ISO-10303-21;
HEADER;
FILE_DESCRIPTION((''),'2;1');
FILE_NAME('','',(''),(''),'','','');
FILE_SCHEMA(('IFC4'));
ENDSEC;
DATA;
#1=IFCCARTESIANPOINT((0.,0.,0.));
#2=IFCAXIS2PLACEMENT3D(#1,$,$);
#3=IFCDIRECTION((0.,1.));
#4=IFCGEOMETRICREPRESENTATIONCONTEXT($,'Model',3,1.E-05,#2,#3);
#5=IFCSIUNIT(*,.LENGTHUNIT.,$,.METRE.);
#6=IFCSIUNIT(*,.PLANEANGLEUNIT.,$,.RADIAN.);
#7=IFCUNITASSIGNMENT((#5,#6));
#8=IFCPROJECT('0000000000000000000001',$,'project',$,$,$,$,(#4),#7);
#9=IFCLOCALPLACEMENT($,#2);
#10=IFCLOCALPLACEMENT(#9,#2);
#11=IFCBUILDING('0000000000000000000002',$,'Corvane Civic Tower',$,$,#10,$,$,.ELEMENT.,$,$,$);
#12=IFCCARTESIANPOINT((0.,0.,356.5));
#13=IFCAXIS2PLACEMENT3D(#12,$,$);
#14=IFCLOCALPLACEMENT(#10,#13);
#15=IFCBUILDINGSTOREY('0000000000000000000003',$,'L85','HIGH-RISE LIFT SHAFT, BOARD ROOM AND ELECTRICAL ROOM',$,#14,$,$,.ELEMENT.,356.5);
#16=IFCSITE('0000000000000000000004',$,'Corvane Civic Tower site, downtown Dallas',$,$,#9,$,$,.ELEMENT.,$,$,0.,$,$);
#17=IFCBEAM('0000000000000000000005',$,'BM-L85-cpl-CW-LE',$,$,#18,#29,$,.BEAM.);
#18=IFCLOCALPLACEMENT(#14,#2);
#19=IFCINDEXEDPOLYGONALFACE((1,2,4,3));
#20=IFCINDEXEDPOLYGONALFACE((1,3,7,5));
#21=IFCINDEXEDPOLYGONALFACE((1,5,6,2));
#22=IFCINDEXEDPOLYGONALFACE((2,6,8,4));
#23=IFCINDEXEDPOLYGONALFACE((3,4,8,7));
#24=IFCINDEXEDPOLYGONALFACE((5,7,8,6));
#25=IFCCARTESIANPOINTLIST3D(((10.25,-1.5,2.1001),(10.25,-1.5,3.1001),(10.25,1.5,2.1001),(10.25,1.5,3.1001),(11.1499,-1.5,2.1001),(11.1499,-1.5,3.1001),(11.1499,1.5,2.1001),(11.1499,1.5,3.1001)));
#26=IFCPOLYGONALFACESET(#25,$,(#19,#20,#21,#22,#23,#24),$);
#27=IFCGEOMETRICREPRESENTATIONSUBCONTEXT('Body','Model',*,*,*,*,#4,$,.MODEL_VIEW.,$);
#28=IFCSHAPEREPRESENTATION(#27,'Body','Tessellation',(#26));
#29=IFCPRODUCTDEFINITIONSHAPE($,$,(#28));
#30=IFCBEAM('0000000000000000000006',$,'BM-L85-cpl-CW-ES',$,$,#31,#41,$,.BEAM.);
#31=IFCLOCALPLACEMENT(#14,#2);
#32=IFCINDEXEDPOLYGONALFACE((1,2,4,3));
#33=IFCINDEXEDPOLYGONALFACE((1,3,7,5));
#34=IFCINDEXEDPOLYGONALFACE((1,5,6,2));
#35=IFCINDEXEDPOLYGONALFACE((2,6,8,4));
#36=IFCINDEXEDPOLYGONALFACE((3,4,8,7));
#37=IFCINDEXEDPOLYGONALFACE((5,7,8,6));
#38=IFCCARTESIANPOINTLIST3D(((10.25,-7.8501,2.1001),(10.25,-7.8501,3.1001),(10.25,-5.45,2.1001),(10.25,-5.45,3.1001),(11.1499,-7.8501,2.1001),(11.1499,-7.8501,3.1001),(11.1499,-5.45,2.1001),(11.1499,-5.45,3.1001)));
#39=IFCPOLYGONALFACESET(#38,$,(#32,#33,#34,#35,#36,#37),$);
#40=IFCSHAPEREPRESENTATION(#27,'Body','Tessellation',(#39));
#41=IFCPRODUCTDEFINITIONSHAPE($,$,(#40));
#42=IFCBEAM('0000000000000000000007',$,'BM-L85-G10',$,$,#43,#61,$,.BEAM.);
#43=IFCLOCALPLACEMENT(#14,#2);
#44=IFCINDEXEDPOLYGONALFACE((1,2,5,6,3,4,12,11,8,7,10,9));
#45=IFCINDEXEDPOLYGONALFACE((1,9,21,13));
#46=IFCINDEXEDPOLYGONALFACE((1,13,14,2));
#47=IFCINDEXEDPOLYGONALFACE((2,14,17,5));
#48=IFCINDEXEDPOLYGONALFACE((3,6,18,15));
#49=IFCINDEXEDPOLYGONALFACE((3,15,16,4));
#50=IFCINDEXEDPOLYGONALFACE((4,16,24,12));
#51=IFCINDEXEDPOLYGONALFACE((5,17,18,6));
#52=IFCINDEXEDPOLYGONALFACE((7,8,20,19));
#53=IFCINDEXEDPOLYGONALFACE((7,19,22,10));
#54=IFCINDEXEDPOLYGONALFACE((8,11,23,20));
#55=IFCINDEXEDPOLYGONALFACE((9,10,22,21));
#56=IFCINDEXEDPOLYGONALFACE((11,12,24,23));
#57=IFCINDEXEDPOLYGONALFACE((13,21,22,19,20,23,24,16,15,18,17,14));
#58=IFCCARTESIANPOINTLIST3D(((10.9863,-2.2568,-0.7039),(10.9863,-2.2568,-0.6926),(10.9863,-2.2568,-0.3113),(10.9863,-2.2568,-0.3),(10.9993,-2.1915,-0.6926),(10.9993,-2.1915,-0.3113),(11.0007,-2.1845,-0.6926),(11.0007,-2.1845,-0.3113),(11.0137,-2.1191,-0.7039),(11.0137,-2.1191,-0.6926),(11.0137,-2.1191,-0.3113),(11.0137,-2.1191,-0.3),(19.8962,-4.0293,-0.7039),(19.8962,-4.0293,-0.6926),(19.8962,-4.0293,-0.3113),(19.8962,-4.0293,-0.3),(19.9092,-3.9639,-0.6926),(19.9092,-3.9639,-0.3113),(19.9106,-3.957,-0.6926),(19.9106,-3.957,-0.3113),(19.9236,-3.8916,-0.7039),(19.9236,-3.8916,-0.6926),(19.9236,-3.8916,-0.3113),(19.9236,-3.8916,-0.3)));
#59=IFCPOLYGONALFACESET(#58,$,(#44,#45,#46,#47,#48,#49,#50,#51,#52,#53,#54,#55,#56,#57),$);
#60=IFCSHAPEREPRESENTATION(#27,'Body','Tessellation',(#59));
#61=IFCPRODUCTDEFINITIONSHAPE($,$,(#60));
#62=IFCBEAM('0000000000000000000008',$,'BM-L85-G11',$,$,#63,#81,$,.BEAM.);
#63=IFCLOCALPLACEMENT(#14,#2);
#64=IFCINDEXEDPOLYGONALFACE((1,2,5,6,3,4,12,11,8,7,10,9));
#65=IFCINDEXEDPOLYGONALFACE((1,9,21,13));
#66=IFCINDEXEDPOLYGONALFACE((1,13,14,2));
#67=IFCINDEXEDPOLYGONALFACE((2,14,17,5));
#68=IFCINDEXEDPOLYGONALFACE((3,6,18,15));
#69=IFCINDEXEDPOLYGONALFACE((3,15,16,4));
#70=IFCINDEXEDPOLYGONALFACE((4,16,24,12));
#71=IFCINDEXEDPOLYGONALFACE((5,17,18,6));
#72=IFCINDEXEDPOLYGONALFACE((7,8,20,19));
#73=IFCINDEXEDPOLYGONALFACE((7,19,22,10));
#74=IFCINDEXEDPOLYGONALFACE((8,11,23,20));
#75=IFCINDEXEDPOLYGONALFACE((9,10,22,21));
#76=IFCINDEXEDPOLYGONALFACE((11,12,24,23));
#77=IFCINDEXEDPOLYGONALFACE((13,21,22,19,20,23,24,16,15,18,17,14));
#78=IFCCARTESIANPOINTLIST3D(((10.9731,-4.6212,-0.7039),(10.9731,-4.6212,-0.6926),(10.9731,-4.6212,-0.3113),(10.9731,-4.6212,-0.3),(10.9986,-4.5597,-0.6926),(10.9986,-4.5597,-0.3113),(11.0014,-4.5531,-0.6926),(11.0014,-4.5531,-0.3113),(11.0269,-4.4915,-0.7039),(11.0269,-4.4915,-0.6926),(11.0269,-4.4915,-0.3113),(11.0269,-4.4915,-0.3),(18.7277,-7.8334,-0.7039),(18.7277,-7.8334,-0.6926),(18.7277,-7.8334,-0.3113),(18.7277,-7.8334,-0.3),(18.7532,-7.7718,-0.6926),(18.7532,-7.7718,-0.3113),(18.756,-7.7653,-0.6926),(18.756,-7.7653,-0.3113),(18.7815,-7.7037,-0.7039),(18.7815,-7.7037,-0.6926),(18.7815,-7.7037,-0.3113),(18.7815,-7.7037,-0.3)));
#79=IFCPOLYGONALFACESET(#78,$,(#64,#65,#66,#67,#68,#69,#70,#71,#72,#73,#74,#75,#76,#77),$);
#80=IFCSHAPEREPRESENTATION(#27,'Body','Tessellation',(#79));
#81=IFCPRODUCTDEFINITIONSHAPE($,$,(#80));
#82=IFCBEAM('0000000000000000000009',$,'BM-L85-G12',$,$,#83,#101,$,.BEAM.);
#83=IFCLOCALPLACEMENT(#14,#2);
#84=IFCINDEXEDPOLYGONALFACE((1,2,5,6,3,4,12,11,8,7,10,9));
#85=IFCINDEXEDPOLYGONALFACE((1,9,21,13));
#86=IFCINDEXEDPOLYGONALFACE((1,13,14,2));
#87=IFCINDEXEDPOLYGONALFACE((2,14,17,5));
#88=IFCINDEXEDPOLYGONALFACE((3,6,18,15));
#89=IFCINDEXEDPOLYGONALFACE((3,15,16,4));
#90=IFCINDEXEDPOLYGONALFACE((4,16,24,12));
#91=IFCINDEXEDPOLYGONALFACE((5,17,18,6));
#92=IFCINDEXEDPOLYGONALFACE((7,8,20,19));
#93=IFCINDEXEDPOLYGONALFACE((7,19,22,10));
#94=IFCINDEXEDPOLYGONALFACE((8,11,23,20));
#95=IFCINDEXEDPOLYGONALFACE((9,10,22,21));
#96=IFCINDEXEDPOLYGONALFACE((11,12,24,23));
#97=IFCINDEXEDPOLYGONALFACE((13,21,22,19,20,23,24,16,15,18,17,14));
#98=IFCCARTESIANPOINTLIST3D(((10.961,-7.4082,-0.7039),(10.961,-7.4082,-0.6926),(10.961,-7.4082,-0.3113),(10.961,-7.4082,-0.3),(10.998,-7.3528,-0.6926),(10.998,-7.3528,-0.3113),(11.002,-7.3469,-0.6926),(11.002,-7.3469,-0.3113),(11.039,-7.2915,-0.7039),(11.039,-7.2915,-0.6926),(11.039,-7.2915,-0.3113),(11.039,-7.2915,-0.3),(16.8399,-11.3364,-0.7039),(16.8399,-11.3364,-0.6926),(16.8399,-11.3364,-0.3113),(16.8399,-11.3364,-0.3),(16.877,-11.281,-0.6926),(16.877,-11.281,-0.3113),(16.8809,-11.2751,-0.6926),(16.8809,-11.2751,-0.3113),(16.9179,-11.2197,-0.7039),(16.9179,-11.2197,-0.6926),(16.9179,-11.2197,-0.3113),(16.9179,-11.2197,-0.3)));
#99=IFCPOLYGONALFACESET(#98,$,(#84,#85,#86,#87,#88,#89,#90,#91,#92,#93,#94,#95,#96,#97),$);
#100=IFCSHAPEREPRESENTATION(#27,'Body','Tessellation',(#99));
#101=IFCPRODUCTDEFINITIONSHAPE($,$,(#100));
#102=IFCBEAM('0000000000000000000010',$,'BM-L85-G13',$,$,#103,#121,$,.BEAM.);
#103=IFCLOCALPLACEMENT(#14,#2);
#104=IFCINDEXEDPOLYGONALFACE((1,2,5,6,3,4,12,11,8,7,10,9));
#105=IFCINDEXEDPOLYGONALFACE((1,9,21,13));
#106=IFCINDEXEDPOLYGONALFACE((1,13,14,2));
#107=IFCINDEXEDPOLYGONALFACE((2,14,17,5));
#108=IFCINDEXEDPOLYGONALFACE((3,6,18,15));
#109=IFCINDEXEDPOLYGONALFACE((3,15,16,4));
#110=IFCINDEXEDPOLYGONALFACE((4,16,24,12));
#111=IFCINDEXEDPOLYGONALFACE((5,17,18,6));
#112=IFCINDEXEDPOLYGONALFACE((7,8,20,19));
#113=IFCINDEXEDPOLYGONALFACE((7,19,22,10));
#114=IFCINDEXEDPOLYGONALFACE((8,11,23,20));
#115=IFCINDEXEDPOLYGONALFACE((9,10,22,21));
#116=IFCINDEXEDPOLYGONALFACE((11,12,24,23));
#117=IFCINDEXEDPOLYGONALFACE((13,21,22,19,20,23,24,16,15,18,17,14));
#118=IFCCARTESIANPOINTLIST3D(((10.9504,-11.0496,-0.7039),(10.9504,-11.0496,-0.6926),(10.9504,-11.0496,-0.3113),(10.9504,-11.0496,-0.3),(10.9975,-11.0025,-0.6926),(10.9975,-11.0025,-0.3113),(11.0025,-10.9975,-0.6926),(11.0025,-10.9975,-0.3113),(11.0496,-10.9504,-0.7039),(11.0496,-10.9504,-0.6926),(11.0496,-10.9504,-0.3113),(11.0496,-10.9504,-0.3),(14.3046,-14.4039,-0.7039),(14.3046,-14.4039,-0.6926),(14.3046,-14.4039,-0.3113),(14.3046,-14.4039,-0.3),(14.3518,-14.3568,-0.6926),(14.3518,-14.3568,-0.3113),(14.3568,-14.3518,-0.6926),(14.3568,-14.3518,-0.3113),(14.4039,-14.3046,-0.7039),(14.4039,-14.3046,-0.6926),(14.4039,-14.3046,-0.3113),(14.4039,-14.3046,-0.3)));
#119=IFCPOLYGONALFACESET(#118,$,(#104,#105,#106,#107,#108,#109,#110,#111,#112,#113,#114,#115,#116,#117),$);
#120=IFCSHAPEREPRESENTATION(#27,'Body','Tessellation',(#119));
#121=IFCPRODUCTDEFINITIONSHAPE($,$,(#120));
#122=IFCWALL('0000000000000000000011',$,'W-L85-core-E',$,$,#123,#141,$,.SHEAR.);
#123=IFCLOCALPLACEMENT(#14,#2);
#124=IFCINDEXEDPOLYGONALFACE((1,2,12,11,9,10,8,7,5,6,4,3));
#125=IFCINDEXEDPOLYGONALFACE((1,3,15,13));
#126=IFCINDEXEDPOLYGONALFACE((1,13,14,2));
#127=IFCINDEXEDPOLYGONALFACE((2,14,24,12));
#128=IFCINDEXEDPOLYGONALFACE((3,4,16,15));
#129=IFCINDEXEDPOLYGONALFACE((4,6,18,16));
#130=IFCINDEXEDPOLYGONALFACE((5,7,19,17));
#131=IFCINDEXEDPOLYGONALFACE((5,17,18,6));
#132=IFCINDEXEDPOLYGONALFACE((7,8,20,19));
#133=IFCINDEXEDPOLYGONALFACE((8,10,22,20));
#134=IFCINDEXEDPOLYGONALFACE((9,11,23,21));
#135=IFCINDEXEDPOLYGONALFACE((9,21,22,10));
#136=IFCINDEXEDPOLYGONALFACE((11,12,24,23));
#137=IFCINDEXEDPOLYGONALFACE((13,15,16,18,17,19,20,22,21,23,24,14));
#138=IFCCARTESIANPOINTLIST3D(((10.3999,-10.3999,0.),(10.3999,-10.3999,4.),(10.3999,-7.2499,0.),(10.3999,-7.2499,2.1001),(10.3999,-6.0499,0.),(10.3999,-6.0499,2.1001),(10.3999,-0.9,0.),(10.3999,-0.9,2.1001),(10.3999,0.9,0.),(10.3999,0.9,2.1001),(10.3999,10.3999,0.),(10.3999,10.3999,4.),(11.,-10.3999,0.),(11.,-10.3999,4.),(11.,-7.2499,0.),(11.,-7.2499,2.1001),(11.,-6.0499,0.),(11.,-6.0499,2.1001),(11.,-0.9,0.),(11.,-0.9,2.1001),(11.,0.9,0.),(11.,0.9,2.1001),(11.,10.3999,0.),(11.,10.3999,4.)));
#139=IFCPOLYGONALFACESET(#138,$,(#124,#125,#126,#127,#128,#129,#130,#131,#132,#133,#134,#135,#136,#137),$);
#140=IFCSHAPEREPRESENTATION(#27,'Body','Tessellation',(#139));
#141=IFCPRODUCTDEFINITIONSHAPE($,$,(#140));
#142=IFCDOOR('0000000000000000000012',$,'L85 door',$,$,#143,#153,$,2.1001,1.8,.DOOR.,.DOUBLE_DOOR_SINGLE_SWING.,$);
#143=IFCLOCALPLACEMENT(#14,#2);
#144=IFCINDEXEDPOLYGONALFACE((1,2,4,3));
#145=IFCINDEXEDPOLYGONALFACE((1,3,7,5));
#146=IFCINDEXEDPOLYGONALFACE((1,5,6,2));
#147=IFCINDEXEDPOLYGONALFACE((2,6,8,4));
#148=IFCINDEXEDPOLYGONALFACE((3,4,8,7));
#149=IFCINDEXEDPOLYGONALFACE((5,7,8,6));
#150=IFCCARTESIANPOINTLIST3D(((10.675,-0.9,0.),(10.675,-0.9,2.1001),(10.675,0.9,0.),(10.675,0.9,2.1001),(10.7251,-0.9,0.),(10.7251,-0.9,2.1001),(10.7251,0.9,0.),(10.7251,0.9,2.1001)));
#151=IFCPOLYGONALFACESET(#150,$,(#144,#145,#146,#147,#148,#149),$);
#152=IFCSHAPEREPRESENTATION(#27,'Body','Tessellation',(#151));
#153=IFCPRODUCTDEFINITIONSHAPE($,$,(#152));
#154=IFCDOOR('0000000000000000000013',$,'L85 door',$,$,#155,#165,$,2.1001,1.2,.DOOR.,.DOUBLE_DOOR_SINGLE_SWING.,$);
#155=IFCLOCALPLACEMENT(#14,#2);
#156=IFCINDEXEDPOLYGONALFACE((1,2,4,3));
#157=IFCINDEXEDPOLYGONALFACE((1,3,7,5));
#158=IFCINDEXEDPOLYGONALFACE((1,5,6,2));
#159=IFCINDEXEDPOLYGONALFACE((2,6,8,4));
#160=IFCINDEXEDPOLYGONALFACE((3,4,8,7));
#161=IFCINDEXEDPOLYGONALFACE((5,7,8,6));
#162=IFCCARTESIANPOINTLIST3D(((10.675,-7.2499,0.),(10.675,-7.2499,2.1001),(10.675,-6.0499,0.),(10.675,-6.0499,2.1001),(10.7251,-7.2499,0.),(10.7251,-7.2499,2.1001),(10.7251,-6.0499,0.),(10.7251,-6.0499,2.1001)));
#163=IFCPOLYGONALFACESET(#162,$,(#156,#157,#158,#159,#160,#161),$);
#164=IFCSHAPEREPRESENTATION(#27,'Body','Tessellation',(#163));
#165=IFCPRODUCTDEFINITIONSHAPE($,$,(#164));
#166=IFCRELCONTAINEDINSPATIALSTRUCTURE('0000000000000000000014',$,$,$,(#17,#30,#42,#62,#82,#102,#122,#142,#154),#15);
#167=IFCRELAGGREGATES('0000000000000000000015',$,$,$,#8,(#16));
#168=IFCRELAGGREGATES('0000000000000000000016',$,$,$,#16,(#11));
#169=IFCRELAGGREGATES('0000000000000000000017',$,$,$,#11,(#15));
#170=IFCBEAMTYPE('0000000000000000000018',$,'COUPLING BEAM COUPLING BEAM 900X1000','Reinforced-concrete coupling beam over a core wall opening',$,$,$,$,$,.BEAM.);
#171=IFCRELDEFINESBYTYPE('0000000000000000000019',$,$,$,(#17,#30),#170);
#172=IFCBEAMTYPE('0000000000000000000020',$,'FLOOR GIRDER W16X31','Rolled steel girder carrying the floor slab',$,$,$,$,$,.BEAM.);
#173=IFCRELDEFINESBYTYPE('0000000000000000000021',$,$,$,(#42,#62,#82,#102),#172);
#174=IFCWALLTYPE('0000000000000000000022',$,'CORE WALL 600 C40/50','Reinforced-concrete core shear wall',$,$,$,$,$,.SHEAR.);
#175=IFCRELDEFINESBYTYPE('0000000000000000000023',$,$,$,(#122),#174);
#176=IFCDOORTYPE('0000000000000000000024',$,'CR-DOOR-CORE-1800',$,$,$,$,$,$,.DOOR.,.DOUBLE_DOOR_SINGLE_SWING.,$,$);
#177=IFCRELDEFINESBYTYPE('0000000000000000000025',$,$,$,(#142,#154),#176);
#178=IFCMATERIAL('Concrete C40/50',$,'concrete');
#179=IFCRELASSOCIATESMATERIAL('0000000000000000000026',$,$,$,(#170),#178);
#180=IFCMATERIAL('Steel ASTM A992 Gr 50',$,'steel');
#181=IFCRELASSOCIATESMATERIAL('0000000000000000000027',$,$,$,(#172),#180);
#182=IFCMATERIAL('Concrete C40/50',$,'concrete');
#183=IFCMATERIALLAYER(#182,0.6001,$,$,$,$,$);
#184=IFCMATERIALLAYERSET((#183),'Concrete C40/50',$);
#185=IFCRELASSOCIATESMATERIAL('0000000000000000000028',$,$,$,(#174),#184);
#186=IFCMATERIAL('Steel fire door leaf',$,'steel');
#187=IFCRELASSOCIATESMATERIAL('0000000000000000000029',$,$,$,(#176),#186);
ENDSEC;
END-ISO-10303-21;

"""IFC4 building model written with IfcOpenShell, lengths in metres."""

from ifc_helpers import new_model, si_unit, direction, frame, frame_2d, origin, origin_2d, place, context, subcontext, project, spatial, rectangle, i_section, extrude, material, layer, layer_set, material_profile, profile_set, type_object, element, fill, save


model = new_model("IFC4")

# Units and contexts
model_context = context("Model", 3, precision=1e-05, world=origin(), true_north=direction((0.0, 1.0)))
body_context = subcontext(model_context, "Body", "Model", "MODEL_VIEW")
ifc_project = project(units=[si_unit("LENGTHUNIT", "METRE"), si_unit("PLANEANGLEUNIT", "RADIAN")], contexts=[model_context])

# Site, building, storey
site_placement = place(None, origin())
site = spatial("IfcSite", under=ifc_project, at=site_placement, Name="Corvane Civic Tower site, downtown Dallas", CompositionType="ELEMENT", RefElevation=0.0)
building_placement = place(site_placement, origin())
building = spatial("IfcBuilding", under=site, at=building_placement, Name="Corvane Civic Tower", CompositionType="ELEMENT")
storey_placement = place(building_placement, frame((0.0, 0.0, 356.5)))
storey = spatial("IfcBuildingStorey", under=building, at=storey_placement, Name="L85", Description="HIGH-RISE LIFT SHAFT, BOARD ROOM AND ELECTRICAL ROOM", CompositionType="ELEMENT", Elevation=356.5)

# Beams
ifc_material_1 = material(Name="Concrete C40/50", Category="concrete")
ifc_material_profile_1 = material_profile(ifc_material_1, rectangle(XDim=0.8999, YDim=1.0, at=origin_2d()), Name="COUPLING BEAM 900X1000")
ifc_profile_set_1 = profile_set([ifc_material_profile_1], Name="Concrete C40/50")
beam_type_1 = type_object("IfcBeamType", Name="COUPLING BEAM COUPLING BEAM 900X1000", Description="Reinforced-concrete coupling beam over a core wall opening", PredefinedType="BEAM", material=ifc_profile_set_1)
beam_1_placement = place(storey_placement, frame((10.7, -1.5, 2.6001), z_axis=(0.0, 1.0, 0.0), x_axis=(-1.0, 0.0, 0.0)))
element("IfcBeam", 1, at=beam_1_placement, inside=storey, type_object=beam_type_1, Name="BM-L85-cpl-CW-LE", PredefinedType="BEAM", context=body_context, shape_type="SweptSolid", body=[
    extrude(rectangle(XDim=0.8999, YDim=1.0, at=origin_2d()), origin(), (0.0, 0.0, 1.0), 3.0),
])
beam_2_placement = place(storey_placement, frame((10.7, -7.8501, 2.6001), z_axis=(0.0, 1.0, 0.0), x_axis=(-1.0, 0.0, 0.0)))
element("IfcBeam", 2, at=beam_2_placement, inside=storey, type_object=beam_type_1, Name="BM-L85-cpl-CW-ES", PredefinedType="BEAM", context=body_context, shape_type="SweptSolid", body=[
    extrude(rectangle(XDim=0.8999, YDim=1.0, at=origin_2d()), origin(), (0.0, 0.0, 1.0), 2.4001),
])
ifc_material_2 = material(Name="Steel ASTM A992 Gr 50", Category="steel")
ifc_material_profile_2 = material_profile(ifc_material_2, i_section(OverallWidth=0.1404, OverallDepth=0.4038, WebThickness=0.0071, FlangeThickness=0.0112, at=origin_2d()), Name="W16X31")
ifc_profile_set_2 = profile_set([ifc_material_profile_2], Name="Steel ASTM A992 Gr 50")
beam_type_2 = type_object("IfcBeamType", Name="FLOOR GIRDER W16X31", Description="Rolled steel girder carrying the floor slab", PredefinedType="BEAM", material=ifc_profile_set_2)
beam_3_placement = place(storey_placement, frame((11.0, -2.188, -0.502), z_axis=(0.980782, -0.195108, 0.0), x_axis=(0.195108, 0.980782, 0.0)))
element("IfcBeam", 3, at=beam_3_placement, inside=storey, type_object=beam_type_2, Name="BM-L85-G10", PredefinedType="BEAM", context=body_context, shape_type="SweptSolid", body=[
    extrude(i_section(OverallWidth=0.1404, OverallDepth=0.4038, WebThickness=0.0071, FlangeThickness=0.0112, at=origin_2d()), origin(), (0.0, 0.0, 1.0), 9.0845),
])
beam_4_placement = place(storey_placement, frame((11.0, -4.5564, -0.502), z_axis=(0.923876, -0.382692, 0.0), x_axis=(0.382692, 0.923876, 0.0)))
element("IfcBeam", 4, at=beam_4_placement, inside=storey, type_object=beam_type_2, Name="BM-L85-G11", PredefinedType="BEAM", context=body_context, shape_type="SweptSolid", body=[
    extrude(i_section(OverallWidth=0.1404, OverallDepth=0.4038, WebThickness=0.0071, FlangeThickness=0.0112, at=origin_2d()), origin(), (0.0, 0.0, 1.0), 8.3936),
])
beam_5_placement = place(storey_placement, frame((11.0, -7.3499, -0.502), z_axis=(0.831465, -0.555576, 0.0), x_axis=(0.555576, 0.831465, 0.0)))
element("IfcBeam", 5, at=beam_5_placement, inside=storey, type_object=beam_type_2, Name="BM-L85-G12", PredefinedType="BEAM", context=body_context, shape_type="SweptSolid", body=[
    extrude(i_section(OverallWidth=0.1404, OverallDepth=0.4038, WebThickness=0.0071, FlangeThickness=0.0112, at=origin_2d()), origin(), (0.0, 0.0, 1.0), 7.0706),
])
beam_6_placement = place(storey_placement, frame((11.0, -11.0, -0.502), z_axis=(0.707107, -0.707107, 0.0), x_axis=(0.707107, 0.707107, 0.0)))
element("IfcBeam", 6, at=beam_6_placement, inside=storey, type_object=beam_type_2, Name="BM-L85-G13", PredefinedType="BEAM", context=body_context, shape_type="SweptSolid", body=[
    extrude(i_section(OverallWidth=0.1404, OverallDepth=0.4038, WebThickness=0.0071, FlangeThickness=0.0112, at=origin_2d()), origin(), (0.0, 0.0, 1.0), 4.7437),
])

# Wall, openings, doors
ifc_material_3 = material(Name="Concrete C40/50", Category="concrete")
ifc_layer_1 = layer(ifc_material_3, 0.6001)
ifc_layer_set_1 = layer_set([ifc_layer_1], Name="Concrete C40/50")
wall_type_1 = type_object("IfcWallType", Name="CORE WALL 600 C40/50", Description="Reinforced-concrete core shear wall", PredefinedType="SHEAR", material=ifc_layer_set_1)
wall_1_placement = place(storey_placement, frame((10.7, -10.3999, 0.0), z_axis=(0.0, 0.0, 1.0), x_axis=(0.0, 1.0, 0.0)))
wall_1 = element("IfcWall", 7, at=wall_1_placement, inside=storey, type_object=wall_type_1, Name="W-L85-core-E", PredefinedType="SHEAR", context=body_context, shape_type="SweptSolid", body=[
    extrude(rectangle(XDim=20.7998, YDim=0.6001, at=frame_2d((10.3999, 0.0))), origin(), (0.0, 0.0, 1.0), 4.0),
])
opening_1_placement = place(wall_1_placement, frame((9.5, 0.0, 0.0)))
opening_1 = element("IfcOpeningElement", 8, at=opening_1_placement, cuts=wall_1, PredefinedType="OPENING", context=body_context, shape_type="SweptSolid", body=[
    extrude(rectangle(XDim=1.8, YDim=2.1001, at=frame_2d((0.8999, 1.05))), frame((0.0, 0.3101, 0.0), z_axis=(0.0, -1.0, 0.0), x_axis=(1.0, 0.0, 0.0)), (0.0, 0.0, 1.0), 0.6201),
])
opening_2_placement = place(wall_1_placement, frame((3.1499, 0.0, 0.0)))
opening_2 = element("IfcOpeningElement", 9, at=opening_2_placement, cuts=wall_1, PredefinedType="OPENING", context=body_context, shape_type="SweptSolid", body=[
    extrude(rectangle(XDim=1.2, YDim=2.1001, at=frame_2d((0.6001, 1.05))), frame((0.0, 0.3101, 0.0), z_axis=(0.0, -1.0, 0.0), x_axis=(1.0, 0.0, 0.0)), (0.0, 0.0, 1.0), 0.6201),
])
ifc_material_4 = material(Name="Steel fire door leaf", Category="steel")
door_type_1 = type_object("IfcDoorType", Name="CR-DOOR-CORE-1800", OperationType="DOUBLE_DOOR_SINGLE_SWING", PredefinedType="DOOR", material=ifc_material_4)
door_1_placement = place(opening_1_placement, origin())
door_1 = element("IfcDoor", 10, at=door_1_placement, inside=storey, type_object=door_type_1, Name="L85 door", OperationType="DOUBLE_DOOR_SINGLE_SWING", OverallHeight=2.1001, OverallWidth=1.8, PredefinedType="DOOR", context=body_context, shape_type="SweptSolid", body=[
    extrude(rectangle(XDim=1.8, YDim=2.1001, at=frame_2d((0.8999, 1.05))), frame((0.0, 0.0249, 0.0), z_axis=(0.0, -1.0, 0.0), x_axis=(1.0, 0.0, 0.0)), (0.0, 0.0, 1.0), 0.05),
])
fill(opening_1, door_1)
door_2_placement = place(opening_2_placement, origin())
door_2 = element("IfcDoor", 11, at=door_2_placement, inside=storey, type_object=door_type_1, Name="L85 door", OperationType="DOUBLE_DOOR_SINGLE_SWING", OverallHeight=2.1001, OverallWidth=1.2, PredefinedType="DOOR", context=body_context, shape_type="SweptSolid", body=[
    extrude(rectangle(XDim=1.2, YDim=2.1001, at=frame_2d((0.6001, 1.05))), frame((0.0, 0.0249, 0.0), z_axis=(0.0, -1.0, 0.0), x_axis=(1.0, 0.0, 0.0)), (0.0, 0.0, 1.0), 0.05),
])
fill(opening_2, door_2)

save(model, "model.ifc")
